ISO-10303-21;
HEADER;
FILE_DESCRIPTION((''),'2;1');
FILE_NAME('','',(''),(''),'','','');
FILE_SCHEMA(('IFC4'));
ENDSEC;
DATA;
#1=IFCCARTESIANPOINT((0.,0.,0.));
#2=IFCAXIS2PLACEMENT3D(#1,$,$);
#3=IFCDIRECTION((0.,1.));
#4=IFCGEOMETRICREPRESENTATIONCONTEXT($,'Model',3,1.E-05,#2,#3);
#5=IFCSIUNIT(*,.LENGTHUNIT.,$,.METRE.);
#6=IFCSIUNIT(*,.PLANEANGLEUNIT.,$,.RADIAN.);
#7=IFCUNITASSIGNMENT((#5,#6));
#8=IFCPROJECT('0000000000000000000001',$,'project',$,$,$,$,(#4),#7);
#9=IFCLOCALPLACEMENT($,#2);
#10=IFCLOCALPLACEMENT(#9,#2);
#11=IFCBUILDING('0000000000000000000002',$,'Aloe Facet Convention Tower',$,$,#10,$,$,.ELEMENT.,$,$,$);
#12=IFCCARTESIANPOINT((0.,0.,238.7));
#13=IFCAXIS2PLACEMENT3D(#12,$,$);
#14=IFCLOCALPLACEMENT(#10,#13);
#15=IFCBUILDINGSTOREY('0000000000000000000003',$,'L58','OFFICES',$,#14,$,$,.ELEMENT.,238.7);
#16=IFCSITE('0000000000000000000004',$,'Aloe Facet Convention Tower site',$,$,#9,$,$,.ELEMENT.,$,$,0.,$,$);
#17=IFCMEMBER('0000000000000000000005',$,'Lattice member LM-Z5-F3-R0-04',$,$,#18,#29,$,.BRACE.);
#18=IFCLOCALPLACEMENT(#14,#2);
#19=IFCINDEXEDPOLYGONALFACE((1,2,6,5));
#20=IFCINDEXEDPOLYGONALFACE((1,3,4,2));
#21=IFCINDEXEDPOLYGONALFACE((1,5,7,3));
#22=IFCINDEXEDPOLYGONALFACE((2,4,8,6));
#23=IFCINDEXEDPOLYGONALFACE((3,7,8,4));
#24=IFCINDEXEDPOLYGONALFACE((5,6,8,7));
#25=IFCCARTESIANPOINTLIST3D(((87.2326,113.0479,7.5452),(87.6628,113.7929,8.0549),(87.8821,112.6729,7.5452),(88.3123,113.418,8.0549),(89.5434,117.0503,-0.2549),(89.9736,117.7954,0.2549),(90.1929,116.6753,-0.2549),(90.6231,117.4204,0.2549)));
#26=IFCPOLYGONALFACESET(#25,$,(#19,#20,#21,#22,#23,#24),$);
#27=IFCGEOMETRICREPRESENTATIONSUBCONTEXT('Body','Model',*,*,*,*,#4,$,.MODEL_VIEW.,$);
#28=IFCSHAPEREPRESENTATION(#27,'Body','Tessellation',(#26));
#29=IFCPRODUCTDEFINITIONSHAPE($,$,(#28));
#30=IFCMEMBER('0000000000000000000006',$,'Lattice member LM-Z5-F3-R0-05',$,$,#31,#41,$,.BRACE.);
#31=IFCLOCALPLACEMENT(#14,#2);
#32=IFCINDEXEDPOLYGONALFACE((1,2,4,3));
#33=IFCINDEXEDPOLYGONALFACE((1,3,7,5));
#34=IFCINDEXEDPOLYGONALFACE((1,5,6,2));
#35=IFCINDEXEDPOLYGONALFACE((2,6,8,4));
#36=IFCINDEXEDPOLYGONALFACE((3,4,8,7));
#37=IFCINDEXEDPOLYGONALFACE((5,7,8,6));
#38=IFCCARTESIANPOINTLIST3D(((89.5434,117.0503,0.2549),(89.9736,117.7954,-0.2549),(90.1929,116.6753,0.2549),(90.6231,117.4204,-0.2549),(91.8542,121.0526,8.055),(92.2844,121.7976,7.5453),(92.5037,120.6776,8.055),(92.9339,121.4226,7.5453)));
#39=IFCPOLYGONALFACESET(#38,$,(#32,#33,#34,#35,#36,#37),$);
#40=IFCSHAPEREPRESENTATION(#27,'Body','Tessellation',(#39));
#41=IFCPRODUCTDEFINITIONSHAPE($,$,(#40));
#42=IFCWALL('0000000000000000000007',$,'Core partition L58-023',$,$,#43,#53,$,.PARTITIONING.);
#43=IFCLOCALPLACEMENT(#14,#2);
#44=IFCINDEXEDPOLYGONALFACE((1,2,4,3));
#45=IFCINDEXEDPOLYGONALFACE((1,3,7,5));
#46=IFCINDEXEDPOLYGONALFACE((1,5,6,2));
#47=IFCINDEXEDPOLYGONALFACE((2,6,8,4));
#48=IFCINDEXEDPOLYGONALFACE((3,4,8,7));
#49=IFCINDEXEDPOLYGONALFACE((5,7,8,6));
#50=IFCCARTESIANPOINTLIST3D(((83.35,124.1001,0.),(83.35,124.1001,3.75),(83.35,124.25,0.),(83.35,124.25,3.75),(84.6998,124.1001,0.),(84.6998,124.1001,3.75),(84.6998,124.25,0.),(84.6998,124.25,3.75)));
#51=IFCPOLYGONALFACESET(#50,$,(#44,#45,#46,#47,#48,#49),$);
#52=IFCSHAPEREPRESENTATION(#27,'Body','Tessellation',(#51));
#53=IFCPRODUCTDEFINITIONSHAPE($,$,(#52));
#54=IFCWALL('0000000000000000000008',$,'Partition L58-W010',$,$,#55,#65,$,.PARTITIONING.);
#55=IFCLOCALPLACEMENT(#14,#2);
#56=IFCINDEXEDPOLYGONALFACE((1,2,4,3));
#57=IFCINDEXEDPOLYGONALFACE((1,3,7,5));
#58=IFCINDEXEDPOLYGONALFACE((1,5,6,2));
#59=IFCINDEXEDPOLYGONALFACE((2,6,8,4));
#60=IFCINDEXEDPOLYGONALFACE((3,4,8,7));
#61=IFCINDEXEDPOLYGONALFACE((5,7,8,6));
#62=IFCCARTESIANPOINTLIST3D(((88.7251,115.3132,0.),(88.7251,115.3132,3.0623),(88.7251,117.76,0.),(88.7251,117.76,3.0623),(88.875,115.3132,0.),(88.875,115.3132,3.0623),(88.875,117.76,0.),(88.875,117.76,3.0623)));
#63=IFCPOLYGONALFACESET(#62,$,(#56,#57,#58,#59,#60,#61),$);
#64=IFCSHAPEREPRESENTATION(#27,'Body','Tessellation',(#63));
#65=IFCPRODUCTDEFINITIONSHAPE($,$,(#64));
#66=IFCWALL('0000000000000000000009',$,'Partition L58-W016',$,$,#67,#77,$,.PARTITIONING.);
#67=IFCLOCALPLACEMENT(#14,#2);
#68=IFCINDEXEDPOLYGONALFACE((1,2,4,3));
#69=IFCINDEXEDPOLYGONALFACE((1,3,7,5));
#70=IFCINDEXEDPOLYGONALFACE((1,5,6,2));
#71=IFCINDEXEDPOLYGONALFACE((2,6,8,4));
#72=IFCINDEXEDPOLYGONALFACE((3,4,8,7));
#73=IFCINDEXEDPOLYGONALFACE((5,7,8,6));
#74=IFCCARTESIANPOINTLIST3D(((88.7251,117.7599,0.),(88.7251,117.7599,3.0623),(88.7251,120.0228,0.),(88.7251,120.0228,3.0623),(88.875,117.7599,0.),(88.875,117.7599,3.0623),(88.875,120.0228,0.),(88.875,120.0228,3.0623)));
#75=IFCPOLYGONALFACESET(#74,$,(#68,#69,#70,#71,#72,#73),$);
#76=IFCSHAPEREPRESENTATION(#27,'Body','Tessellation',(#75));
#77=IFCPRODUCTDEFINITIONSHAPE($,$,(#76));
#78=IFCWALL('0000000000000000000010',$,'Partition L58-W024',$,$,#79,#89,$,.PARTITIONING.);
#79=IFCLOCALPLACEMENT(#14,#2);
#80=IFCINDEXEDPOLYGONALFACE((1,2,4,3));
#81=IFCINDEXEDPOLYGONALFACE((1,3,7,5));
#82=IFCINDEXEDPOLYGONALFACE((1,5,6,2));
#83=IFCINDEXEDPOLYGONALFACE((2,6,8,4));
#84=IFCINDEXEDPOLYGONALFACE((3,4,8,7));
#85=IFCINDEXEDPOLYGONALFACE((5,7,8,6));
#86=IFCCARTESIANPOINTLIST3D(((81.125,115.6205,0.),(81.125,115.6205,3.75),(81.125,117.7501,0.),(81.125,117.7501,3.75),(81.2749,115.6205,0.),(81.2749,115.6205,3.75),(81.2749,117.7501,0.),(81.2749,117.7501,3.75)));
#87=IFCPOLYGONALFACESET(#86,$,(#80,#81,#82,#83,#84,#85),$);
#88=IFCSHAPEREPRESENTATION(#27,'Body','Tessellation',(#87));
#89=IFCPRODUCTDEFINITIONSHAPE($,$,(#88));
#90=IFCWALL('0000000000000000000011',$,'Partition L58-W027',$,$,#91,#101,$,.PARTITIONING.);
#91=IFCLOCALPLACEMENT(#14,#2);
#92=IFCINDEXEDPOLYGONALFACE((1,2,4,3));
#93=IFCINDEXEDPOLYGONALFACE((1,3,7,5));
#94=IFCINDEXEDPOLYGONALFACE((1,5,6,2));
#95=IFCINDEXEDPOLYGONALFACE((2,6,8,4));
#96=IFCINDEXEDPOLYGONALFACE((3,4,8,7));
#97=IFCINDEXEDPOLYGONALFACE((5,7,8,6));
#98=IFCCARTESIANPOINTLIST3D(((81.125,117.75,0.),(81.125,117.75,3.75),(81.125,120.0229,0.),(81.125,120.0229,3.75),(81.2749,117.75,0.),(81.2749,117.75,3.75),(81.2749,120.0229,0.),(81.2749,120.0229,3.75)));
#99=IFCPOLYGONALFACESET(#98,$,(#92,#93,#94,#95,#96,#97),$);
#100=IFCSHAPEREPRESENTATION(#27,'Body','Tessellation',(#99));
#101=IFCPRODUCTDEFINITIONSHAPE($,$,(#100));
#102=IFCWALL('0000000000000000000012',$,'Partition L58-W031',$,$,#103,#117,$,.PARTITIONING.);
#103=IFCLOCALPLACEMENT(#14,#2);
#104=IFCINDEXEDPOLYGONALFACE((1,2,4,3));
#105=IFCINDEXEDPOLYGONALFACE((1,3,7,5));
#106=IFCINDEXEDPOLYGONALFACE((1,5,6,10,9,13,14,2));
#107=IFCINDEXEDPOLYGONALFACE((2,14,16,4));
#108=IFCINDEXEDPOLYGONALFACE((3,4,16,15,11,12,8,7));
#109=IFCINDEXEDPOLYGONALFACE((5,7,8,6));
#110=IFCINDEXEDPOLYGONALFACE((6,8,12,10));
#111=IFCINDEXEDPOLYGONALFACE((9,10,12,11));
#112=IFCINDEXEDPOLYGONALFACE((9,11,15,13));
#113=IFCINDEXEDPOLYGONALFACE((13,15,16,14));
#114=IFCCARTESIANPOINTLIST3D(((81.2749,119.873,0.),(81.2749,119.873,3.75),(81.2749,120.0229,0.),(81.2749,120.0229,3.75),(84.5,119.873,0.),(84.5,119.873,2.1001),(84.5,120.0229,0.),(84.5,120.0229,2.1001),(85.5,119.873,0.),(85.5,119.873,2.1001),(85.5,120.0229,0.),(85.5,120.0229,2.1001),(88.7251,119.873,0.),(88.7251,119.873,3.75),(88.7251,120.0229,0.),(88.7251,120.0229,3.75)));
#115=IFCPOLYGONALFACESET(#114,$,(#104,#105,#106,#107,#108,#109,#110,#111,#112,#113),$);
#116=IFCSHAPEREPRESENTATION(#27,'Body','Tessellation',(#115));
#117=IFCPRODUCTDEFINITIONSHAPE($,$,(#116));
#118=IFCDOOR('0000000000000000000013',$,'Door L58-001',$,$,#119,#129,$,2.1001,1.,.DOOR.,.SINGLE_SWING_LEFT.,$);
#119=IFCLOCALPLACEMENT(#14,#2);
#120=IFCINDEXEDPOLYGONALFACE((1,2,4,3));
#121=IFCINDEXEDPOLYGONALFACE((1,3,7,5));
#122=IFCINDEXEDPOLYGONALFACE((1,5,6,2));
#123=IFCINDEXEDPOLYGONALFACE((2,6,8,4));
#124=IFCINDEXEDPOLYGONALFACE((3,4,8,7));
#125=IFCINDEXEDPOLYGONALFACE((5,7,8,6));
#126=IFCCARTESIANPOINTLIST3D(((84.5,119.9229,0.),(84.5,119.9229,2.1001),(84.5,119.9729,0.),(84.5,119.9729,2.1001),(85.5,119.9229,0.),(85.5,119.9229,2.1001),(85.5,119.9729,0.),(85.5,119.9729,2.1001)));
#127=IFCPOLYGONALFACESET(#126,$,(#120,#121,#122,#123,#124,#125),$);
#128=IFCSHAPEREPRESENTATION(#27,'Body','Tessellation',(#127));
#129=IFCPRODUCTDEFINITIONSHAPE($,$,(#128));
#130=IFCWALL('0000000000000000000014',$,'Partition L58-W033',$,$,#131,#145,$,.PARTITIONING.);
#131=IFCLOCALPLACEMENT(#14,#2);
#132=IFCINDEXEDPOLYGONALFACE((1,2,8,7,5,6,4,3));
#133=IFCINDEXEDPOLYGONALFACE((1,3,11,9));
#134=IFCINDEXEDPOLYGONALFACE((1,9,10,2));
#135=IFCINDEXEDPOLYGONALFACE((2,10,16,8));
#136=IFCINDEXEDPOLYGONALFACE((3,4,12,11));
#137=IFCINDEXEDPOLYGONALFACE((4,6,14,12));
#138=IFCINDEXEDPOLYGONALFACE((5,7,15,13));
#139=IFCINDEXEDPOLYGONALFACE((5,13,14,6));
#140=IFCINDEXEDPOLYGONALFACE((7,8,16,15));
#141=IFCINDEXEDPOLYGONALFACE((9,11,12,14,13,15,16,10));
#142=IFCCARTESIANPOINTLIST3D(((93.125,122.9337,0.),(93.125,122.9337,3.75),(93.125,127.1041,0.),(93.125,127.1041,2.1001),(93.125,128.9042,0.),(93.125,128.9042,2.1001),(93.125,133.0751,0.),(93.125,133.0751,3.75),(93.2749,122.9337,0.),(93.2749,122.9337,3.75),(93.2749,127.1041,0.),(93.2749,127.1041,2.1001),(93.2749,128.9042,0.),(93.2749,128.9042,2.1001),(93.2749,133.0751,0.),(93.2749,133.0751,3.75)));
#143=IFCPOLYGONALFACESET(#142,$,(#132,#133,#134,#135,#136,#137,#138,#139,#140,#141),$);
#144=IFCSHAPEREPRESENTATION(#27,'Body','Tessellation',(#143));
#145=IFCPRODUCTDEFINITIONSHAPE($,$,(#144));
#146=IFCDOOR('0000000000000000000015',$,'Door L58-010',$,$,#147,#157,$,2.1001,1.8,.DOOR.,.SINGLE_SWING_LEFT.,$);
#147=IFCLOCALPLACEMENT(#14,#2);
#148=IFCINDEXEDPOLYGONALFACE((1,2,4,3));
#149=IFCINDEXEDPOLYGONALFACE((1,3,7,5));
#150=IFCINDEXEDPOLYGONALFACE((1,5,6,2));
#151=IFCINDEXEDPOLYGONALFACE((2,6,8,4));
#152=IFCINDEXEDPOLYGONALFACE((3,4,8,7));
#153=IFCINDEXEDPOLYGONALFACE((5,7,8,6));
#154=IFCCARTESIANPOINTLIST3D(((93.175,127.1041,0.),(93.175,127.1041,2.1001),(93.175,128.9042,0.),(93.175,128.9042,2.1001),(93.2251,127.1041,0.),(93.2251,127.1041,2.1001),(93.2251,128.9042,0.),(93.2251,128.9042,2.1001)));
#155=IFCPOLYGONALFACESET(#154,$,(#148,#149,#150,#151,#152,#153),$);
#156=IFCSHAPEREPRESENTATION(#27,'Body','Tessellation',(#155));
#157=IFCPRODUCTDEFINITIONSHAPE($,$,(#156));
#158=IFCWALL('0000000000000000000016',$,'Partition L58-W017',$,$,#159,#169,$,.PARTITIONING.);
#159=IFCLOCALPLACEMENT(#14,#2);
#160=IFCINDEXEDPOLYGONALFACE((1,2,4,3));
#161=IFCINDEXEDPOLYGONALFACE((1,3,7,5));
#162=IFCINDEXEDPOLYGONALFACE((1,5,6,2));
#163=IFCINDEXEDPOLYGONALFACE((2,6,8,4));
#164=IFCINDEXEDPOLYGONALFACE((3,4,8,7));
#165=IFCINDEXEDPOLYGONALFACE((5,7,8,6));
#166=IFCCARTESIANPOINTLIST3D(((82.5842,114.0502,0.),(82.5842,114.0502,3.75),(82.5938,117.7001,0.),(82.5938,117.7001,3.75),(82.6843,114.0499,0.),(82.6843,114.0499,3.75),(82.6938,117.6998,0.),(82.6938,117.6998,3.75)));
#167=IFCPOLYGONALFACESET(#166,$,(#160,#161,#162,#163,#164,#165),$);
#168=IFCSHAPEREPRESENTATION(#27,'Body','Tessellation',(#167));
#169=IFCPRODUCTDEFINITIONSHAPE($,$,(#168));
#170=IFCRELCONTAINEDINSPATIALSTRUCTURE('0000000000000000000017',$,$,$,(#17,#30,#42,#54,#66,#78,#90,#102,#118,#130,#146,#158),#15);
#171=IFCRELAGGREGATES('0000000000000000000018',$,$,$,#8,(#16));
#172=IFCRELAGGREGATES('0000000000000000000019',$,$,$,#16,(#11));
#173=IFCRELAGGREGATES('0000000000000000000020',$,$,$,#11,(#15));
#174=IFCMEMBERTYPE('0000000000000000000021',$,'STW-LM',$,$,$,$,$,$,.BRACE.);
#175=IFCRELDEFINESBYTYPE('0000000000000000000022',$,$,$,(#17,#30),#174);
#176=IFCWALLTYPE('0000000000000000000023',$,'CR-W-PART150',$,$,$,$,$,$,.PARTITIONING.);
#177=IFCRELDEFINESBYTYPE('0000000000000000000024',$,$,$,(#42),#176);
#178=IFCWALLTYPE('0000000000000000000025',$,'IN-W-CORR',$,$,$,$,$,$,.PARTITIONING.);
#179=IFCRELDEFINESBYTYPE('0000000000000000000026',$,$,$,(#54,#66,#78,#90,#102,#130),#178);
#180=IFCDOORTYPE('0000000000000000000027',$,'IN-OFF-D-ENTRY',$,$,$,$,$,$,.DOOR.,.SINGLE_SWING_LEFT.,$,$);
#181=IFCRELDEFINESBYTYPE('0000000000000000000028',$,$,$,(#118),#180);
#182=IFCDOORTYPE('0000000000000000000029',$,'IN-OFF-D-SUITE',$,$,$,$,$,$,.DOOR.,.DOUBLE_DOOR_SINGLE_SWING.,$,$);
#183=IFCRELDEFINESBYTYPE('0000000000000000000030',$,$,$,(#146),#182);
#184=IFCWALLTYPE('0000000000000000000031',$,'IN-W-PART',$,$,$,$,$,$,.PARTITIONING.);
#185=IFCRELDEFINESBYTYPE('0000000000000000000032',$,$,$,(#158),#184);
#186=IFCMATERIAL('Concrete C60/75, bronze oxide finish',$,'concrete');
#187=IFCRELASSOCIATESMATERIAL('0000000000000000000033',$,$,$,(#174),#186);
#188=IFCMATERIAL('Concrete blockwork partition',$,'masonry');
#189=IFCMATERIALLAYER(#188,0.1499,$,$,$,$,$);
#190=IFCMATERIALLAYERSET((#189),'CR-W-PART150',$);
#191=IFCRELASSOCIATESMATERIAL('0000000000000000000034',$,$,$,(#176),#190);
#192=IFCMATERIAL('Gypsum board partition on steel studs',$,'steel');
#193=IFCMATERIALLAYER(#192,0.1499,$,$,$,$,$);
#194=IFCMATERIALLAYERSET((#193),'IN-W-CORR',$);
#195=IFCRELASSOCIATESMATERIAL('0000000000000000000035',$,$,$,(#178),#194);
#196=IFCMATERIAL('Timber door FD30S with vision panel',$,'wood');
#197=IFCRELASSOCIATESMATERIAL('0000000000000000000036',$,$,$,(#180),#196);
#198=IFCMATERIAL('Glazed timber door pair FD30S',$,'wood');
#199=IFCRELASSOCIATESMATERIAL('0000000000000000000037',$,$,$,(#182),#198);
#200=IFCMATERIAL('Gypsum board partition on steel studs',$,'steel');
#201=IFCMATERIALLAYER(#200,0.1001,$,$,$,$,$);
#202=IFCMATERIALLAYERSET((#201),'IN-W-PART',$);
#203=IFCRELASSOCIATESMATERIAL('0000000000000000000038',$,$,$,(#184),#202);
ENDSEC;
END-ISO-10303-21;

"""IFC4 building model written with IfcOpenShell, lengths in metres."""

from ifc_helpers import new_model, si_unit, direction, frame, frame_2d, origin, origin_2d, place, context, subcontext, project, spatial, rectangle, extrude, material, layer, layer_set, material_profile, profile_set, type_object, element, fill, save


model = new_model("IFC4")

# Units and contexts
model_context = context("Model", 3, precision=1e-05, world=origin(), true_north=direction((0.0, 1.0)))
body_context = subcontext(model_context, "Body", "Model", "MODEL_VIEW")
ifc_project = project(units=[si_unit("LENGTHUNIT", "METRE"), si_unit("PLANEANGLEUNIT", "RADIAN")], contexts=[model_context])

# Site, building, storey
site_placement = place(None, origin())
site = spatial("IfcSite", under=ifc_project, at=site_placement, Name="Aloe Facet Convention Tower site", CompositionType="ELEMENT", RefElevation=0.0)
building_placement = place(site_placement, origin())
building = spatial("IfcBuilding", under=site, at=building_placement, Name="Aloe Facet Convention Tower", CompositionType="ELEMENT")
storey_placement = place(building_placement, frame((0.0, 0.0, 238.7)))
storey = spatial("IfcBuildingStorey", under=building, at=storey_placement, Name="L58", Description="OFFICES", CompositionType="ELEMENT", Elevation=238.7)

# Members
ifc_material_1 = material(Name="Concrete C60/75, bronze oxide finish", Category="concrete")
ifc_material_profile_1 = material_profile(ifc_material_1, rectangle(XDim=0.75, YDim=1.0, at=origin_2d()), Name="STW-LM")
ifc_profile_set_1 = profile_set([ifc_material_profile_1], Name="Concrete C60/75, bronze oxide finish")
member_type = type_object("IfcMemberType", Name="STW-LM", PredefinedType="BRACE", material=ifc_profile_set_1)
for number, where, z_axis, x_axis, name in (
    (1, (90.0833, 117.2354, 0.0), (-0.254873, -0.441458, 0.860322), (0.866027, -0.499997, 0.0), "Lattice member LM-Z5-F3-R0-04"),
    (2, (90.0833, 117.2354, 0.0), (0.254876, 0.441436, 0.860333), (-0.866014, 0.50002, 0.0), "Lattice member LM-Z5-F3-R0-05"),
):
    element("IfcMember", number, at=place(storey_placement, frame(where, z_axis=z_axis, x_axis=x_axis)), inside=storey, type_object=member_type, Name=name, PredefinedType="BRACE", context=body_context, shape_type="SweptSolid", body=[
        extrude(rectangle(XDim=0.75, YDim=1.0, at=origin_2d()), origin(), (0.0, 0.0, 1.0), 9.0664),
    ])

# Walls
ifc_material_2 = material(Name="Concrete blockwork partition", Category="masonry")
ifc_layer_1 = layer(ifc_material_2, 0.1499)
ifc_layer_set_1 = layer_set([ifc_layer_1], Name="CR-W-PART150")
wall_type_1 = type_object("IfcWallType", Name="CR-W-PART150", PredefinedType="PARTITIONING", material=ifc_layer_set_1)
wall_1_placement = place(storey_placement, frame((83.3501, 124.175, 0.0), z_axis=(0.0, 0.0, 1.0), x_axis=(1.0, 0.0, 0.0)))
element("IfcWall", 3, at=wall_1_placement, inside=storey, type_object=wall_type_1, Name="Core partition L58-023", PredefinedType="PARTITIONING", context=body_context, shape_type="SweptSolid", body=[
    extrude(rectangle(XDim=1.3499, YDim=0.1499, at=frame_2d((0.6748, 0.0))), origin(), (0.0, 0.0, 1.0), 3.75),
])
ifc_material_3 = material(Name="Gypsum board partition on steel studs", Category="steel")
ifc_layer_2 = layer(ifc_material_3, 0.1499)
ifc_layer_set_2 = layer_set([ifc_layer_2], Name="IN-W-CORR")
wall_type_2 = type_object("IfcWallType", Name="IN-W-CORR", PredefinedType="PARTITIONING", material=ifc_layer_set_2)
wall_2_placement = place(storey_placement, frame((88.8, 115.3132, 0.0), z_axis=(0.0, 0.0, 1.0), x_axis=(0.0, 1.0, 0.0)))
element("IfcWall", 4, at=wall_2_placement, inside=storey, type_object=wall_type_2, Name="Partition L58-W010", PredefinedType="PARTITIONING", context=body_context, shape_type="SweptSolid", body=[
    extrude(rectangle(XDim=2.4468, YDim=0.1499, at=frame_2d((1.2234, 0.0))), origin(), (0.0, 0.0, 1.0), 3.0623),
])
wall_3_placement = place(storey_placement, frame((88.8, 117.76, 0.0), z_axis=(0.0, 0.0, 1.0), x_axis=(0.0, 1.0, 0.0)))
element("IfcWall", 5, at=wall_3_placement, inside=storey, type_object=wall_type_2, Name="Partition L58-W016", PredefinedType="PARTITIONING", context=body_context, shape_type="SweptSolid", body=[
    extrude(rectangle(XDim=2.2629, YDim=0.1499, at=frame_2d((1.1313, 0.0))), origin(), (0.0, 0.0, 1.0), 3.0623),
])
wall_4_placement = place(storey_placement, frame((81.2, 115.6204, 0.0), z_axis=(0.0, 0.0, 1.0), x_axis=(0.0, 1.0, 0.0)))
element("IfcWall", 6, at=wall_4_placement, inside=storey, type_object=wall_type_2, Name="Partition L58-W024", PredefinedType="PARTITIONING", context=body_context, shape_type="SweptSolid", body=[
    extrude(rectangle(XDim=2.1296, YDim=0.1499, at=frame_2d((1.0649, 0.0))), origin(), (0.0, 0.0, 1.0), 3.75),
])
wall_5_placement = place(storey_placement, frame((81.2, 117.75, 0.0), z_axis=(0.0, 0.0, 1.0), x_axis=(0.0, 1.0, 0.0)))
element("IfcWall", 7, at=wall_5_placement, inside=storey, type_object=wall_type_2, Name="Partition L58-W027", PredefinedType="PARTITIONING", context=body_context, shape_type="SweptSolid", body=[
    extrude(rectangle(XDim=2.2729, YDim=0.1499, at=frame_2d((1.1365, 0.0))), origin(), (0.0, 0.0, 1.0), 3.75),
])

# Walls, openings, doors
wall_6_placement = place(storey_placement, frame((81.2749, 119.948, 0.0), z_axis=(0.0, 0.0, 1.0), x_axis=(1.0, 0.0, 0.0)))
wall_6 = element("IfcWall", 8, at=wall_6_placement, inside=storey, type_object=wall_type_2, Name="Partition L58-W031", PredefinedType="PARTITIONING", context=body_context, shape_type="SweptSolid", body=[
    extrude(rectangle(XDim=7.4502, YDim=0.1499, at=frame_2d((3.7251, 0.0))), origin(), (0.0, 0.0, 1.0), 3.75),
])
opening_1_placement = place(wall_6_placement, frame((3.2251, 0.0, 0.0)))
opening_1 = element("IfcOpeningElement", 9, at=opening_1_placement, cuts=wall_6, PredefinedType="OPENING", context=body_context, shape_type="SweptSolid", body=[
    extrude(rectangle(XDim=1.0, YDim=2.1001, at=frame_2d((0.5, 1.05))), frame((0.0, 0.085, 0.0), z_axis=(0.0, -1.0, 0.0), x_axis=(1.0, 0.0, 0.0)), (0.0, 0.0, 1.0), 0.1699),
])
ifc_material_4 = material(Name="Timber door FD30S with vision panel", Category="wood")
door_type_1 = type_object("IfcDoorType", Name="IN-OFF-D-ENTRY", OperationType="SINGLE_SWING_LEFT", PredefinedType="DOOR", material=ifc_material_4)
door_1_placement = place(opening_1_placement, origin())
door_1 = element("IfcDoor", 10, at=door_1_placement, inside=storey, type_object=door_type_1, Name="Door L58-001", OperationType="SINGLE_SWING_LEFT", OverallHeight=2.1001, OverallWidth=1.0, PredefinedType="DOOR", context=body_context, shape_type="SweptSolid", body=[
    extrude(rectangle(XDim=1.0, YDim=2.1001, at=frame_2d((0.5, 1.05))), frame((0.0, 0.0249, 0.0), z_axis=(0.0, -1.0, 0.0), x_axis=(1.0, 0.0, 0.0)), (0.0, 0.0, 1.0), 0.05),
])
fill(opening_1, door_1)
wall_7_placement = place(storey_placement, frame((93.2, 122.9336, 0.0), z_axis=(0.0, 0.0, 1.0), x_axis=(0.0, 1.0, 0.0)))
wall_7 = element("IfcWall", 11, at=wall_7_placement, inside=storey, type_object=wall_type_2, Name="Partition L58-W033", PredefinedType="PARTITIONING", context=body_context, shape_type="SweptSolid", body=[
    extrude(rectangle(XDim=10.1414, YDim=0.1499, at=frame_2d((5.0708, 0.0))), origin(), (0.0, 0.0, 1.0), 3.75),
])
opening_2_placement = place(wall_7_placement, frame((4.1707, 0.0, 0.0)))
opening_2 = element("IfcOpeningElement", 12, at=opening_2_placement, cuts=wall_7, PredefinedType="OPENING", context=body_context, shape_type="SweptSolid", body=[
    extrude(rectangle(XDim=1.8, YDim=2.1001, at=frame_2d((0.8999, 1.05))), frame((0.0, 0.085, 0.0), z_axis=(0.0, -1.0, 0.0), x_axis=(1.0, 0.0, 0.0)), (0.0, 0.0, 1.0), 0.1699),
])
ifc_material_5 = material(Name="Glazed timber door pair FD30S", Category="wood")
door_type_2 = type_object("IfcDoorType", Name="IN-OFF-D-SUITE", OperationType="DOUBLE_DOOR_SINGLE_SWING", PredefinedType="DOOR", material=ifc_material_5)
door_2_placement = place(opening_2_placement, origin())
door_2 = element("IfcDoor", 13, at=door_2_placement, inside=storey, type_object=door_type_2, Name="Door L58-010", OperationType="SINGLE_SWING_LEFT", OverallHeight=2.1001, OverallWidth=1.8, PredefinedType="DOOR", context=body_context, shape_type="SweptSolid", body=[
    extrude(rectangle(XDim=1.8, YDim=2.1001, at=frame_2d((0.8999, 1.05))), frame((0.0, 0.0249, 0.0), z_axis=(0.0, -1.0, 0.0), x_axis=(1.0, 0.0, 0.0)), (0.0, 0.0, 1.0), 0.05),
])
fill(opening_2, door_2)

# Wall
ifc_material_6 = material(Name="Gypsum board partition on steel studs", Category="steel")
ifc_layer_3 = layer(ifc_material_6, 0.1001)
ifc_layer_set_3 = layer_set([ifc_layer_3], Name="IN-W-PART")
wall_type_3 = type_object("IfcWallType", Name="IN-W-PART", PredefinedType="PARTITIONING", material=ifc_layer_set_3)
wall_8_placement = place(storey_placement, frame((82.6343, 114.05, 0.0), z_axis=(0.0, 0.0, 1.0), x_axis=(0.002609, 0.999997, 0.0)))
element("IfcWall", 14, at=wall_8_placement, inside=storey, type_object=wall_type_3, Name="Partition L58-W017", PredefinedType="PARTITIONING", context=body_context, shape_type="SweptSolid", body=[
    extrude(rectangle(XDim=3.6499, YDim=0.1001, at=frame_2d((1.825, 0.0))), origin(), (0.0, 0.0, 1.0), 3.75),
])

save(model, "model.ifc")
